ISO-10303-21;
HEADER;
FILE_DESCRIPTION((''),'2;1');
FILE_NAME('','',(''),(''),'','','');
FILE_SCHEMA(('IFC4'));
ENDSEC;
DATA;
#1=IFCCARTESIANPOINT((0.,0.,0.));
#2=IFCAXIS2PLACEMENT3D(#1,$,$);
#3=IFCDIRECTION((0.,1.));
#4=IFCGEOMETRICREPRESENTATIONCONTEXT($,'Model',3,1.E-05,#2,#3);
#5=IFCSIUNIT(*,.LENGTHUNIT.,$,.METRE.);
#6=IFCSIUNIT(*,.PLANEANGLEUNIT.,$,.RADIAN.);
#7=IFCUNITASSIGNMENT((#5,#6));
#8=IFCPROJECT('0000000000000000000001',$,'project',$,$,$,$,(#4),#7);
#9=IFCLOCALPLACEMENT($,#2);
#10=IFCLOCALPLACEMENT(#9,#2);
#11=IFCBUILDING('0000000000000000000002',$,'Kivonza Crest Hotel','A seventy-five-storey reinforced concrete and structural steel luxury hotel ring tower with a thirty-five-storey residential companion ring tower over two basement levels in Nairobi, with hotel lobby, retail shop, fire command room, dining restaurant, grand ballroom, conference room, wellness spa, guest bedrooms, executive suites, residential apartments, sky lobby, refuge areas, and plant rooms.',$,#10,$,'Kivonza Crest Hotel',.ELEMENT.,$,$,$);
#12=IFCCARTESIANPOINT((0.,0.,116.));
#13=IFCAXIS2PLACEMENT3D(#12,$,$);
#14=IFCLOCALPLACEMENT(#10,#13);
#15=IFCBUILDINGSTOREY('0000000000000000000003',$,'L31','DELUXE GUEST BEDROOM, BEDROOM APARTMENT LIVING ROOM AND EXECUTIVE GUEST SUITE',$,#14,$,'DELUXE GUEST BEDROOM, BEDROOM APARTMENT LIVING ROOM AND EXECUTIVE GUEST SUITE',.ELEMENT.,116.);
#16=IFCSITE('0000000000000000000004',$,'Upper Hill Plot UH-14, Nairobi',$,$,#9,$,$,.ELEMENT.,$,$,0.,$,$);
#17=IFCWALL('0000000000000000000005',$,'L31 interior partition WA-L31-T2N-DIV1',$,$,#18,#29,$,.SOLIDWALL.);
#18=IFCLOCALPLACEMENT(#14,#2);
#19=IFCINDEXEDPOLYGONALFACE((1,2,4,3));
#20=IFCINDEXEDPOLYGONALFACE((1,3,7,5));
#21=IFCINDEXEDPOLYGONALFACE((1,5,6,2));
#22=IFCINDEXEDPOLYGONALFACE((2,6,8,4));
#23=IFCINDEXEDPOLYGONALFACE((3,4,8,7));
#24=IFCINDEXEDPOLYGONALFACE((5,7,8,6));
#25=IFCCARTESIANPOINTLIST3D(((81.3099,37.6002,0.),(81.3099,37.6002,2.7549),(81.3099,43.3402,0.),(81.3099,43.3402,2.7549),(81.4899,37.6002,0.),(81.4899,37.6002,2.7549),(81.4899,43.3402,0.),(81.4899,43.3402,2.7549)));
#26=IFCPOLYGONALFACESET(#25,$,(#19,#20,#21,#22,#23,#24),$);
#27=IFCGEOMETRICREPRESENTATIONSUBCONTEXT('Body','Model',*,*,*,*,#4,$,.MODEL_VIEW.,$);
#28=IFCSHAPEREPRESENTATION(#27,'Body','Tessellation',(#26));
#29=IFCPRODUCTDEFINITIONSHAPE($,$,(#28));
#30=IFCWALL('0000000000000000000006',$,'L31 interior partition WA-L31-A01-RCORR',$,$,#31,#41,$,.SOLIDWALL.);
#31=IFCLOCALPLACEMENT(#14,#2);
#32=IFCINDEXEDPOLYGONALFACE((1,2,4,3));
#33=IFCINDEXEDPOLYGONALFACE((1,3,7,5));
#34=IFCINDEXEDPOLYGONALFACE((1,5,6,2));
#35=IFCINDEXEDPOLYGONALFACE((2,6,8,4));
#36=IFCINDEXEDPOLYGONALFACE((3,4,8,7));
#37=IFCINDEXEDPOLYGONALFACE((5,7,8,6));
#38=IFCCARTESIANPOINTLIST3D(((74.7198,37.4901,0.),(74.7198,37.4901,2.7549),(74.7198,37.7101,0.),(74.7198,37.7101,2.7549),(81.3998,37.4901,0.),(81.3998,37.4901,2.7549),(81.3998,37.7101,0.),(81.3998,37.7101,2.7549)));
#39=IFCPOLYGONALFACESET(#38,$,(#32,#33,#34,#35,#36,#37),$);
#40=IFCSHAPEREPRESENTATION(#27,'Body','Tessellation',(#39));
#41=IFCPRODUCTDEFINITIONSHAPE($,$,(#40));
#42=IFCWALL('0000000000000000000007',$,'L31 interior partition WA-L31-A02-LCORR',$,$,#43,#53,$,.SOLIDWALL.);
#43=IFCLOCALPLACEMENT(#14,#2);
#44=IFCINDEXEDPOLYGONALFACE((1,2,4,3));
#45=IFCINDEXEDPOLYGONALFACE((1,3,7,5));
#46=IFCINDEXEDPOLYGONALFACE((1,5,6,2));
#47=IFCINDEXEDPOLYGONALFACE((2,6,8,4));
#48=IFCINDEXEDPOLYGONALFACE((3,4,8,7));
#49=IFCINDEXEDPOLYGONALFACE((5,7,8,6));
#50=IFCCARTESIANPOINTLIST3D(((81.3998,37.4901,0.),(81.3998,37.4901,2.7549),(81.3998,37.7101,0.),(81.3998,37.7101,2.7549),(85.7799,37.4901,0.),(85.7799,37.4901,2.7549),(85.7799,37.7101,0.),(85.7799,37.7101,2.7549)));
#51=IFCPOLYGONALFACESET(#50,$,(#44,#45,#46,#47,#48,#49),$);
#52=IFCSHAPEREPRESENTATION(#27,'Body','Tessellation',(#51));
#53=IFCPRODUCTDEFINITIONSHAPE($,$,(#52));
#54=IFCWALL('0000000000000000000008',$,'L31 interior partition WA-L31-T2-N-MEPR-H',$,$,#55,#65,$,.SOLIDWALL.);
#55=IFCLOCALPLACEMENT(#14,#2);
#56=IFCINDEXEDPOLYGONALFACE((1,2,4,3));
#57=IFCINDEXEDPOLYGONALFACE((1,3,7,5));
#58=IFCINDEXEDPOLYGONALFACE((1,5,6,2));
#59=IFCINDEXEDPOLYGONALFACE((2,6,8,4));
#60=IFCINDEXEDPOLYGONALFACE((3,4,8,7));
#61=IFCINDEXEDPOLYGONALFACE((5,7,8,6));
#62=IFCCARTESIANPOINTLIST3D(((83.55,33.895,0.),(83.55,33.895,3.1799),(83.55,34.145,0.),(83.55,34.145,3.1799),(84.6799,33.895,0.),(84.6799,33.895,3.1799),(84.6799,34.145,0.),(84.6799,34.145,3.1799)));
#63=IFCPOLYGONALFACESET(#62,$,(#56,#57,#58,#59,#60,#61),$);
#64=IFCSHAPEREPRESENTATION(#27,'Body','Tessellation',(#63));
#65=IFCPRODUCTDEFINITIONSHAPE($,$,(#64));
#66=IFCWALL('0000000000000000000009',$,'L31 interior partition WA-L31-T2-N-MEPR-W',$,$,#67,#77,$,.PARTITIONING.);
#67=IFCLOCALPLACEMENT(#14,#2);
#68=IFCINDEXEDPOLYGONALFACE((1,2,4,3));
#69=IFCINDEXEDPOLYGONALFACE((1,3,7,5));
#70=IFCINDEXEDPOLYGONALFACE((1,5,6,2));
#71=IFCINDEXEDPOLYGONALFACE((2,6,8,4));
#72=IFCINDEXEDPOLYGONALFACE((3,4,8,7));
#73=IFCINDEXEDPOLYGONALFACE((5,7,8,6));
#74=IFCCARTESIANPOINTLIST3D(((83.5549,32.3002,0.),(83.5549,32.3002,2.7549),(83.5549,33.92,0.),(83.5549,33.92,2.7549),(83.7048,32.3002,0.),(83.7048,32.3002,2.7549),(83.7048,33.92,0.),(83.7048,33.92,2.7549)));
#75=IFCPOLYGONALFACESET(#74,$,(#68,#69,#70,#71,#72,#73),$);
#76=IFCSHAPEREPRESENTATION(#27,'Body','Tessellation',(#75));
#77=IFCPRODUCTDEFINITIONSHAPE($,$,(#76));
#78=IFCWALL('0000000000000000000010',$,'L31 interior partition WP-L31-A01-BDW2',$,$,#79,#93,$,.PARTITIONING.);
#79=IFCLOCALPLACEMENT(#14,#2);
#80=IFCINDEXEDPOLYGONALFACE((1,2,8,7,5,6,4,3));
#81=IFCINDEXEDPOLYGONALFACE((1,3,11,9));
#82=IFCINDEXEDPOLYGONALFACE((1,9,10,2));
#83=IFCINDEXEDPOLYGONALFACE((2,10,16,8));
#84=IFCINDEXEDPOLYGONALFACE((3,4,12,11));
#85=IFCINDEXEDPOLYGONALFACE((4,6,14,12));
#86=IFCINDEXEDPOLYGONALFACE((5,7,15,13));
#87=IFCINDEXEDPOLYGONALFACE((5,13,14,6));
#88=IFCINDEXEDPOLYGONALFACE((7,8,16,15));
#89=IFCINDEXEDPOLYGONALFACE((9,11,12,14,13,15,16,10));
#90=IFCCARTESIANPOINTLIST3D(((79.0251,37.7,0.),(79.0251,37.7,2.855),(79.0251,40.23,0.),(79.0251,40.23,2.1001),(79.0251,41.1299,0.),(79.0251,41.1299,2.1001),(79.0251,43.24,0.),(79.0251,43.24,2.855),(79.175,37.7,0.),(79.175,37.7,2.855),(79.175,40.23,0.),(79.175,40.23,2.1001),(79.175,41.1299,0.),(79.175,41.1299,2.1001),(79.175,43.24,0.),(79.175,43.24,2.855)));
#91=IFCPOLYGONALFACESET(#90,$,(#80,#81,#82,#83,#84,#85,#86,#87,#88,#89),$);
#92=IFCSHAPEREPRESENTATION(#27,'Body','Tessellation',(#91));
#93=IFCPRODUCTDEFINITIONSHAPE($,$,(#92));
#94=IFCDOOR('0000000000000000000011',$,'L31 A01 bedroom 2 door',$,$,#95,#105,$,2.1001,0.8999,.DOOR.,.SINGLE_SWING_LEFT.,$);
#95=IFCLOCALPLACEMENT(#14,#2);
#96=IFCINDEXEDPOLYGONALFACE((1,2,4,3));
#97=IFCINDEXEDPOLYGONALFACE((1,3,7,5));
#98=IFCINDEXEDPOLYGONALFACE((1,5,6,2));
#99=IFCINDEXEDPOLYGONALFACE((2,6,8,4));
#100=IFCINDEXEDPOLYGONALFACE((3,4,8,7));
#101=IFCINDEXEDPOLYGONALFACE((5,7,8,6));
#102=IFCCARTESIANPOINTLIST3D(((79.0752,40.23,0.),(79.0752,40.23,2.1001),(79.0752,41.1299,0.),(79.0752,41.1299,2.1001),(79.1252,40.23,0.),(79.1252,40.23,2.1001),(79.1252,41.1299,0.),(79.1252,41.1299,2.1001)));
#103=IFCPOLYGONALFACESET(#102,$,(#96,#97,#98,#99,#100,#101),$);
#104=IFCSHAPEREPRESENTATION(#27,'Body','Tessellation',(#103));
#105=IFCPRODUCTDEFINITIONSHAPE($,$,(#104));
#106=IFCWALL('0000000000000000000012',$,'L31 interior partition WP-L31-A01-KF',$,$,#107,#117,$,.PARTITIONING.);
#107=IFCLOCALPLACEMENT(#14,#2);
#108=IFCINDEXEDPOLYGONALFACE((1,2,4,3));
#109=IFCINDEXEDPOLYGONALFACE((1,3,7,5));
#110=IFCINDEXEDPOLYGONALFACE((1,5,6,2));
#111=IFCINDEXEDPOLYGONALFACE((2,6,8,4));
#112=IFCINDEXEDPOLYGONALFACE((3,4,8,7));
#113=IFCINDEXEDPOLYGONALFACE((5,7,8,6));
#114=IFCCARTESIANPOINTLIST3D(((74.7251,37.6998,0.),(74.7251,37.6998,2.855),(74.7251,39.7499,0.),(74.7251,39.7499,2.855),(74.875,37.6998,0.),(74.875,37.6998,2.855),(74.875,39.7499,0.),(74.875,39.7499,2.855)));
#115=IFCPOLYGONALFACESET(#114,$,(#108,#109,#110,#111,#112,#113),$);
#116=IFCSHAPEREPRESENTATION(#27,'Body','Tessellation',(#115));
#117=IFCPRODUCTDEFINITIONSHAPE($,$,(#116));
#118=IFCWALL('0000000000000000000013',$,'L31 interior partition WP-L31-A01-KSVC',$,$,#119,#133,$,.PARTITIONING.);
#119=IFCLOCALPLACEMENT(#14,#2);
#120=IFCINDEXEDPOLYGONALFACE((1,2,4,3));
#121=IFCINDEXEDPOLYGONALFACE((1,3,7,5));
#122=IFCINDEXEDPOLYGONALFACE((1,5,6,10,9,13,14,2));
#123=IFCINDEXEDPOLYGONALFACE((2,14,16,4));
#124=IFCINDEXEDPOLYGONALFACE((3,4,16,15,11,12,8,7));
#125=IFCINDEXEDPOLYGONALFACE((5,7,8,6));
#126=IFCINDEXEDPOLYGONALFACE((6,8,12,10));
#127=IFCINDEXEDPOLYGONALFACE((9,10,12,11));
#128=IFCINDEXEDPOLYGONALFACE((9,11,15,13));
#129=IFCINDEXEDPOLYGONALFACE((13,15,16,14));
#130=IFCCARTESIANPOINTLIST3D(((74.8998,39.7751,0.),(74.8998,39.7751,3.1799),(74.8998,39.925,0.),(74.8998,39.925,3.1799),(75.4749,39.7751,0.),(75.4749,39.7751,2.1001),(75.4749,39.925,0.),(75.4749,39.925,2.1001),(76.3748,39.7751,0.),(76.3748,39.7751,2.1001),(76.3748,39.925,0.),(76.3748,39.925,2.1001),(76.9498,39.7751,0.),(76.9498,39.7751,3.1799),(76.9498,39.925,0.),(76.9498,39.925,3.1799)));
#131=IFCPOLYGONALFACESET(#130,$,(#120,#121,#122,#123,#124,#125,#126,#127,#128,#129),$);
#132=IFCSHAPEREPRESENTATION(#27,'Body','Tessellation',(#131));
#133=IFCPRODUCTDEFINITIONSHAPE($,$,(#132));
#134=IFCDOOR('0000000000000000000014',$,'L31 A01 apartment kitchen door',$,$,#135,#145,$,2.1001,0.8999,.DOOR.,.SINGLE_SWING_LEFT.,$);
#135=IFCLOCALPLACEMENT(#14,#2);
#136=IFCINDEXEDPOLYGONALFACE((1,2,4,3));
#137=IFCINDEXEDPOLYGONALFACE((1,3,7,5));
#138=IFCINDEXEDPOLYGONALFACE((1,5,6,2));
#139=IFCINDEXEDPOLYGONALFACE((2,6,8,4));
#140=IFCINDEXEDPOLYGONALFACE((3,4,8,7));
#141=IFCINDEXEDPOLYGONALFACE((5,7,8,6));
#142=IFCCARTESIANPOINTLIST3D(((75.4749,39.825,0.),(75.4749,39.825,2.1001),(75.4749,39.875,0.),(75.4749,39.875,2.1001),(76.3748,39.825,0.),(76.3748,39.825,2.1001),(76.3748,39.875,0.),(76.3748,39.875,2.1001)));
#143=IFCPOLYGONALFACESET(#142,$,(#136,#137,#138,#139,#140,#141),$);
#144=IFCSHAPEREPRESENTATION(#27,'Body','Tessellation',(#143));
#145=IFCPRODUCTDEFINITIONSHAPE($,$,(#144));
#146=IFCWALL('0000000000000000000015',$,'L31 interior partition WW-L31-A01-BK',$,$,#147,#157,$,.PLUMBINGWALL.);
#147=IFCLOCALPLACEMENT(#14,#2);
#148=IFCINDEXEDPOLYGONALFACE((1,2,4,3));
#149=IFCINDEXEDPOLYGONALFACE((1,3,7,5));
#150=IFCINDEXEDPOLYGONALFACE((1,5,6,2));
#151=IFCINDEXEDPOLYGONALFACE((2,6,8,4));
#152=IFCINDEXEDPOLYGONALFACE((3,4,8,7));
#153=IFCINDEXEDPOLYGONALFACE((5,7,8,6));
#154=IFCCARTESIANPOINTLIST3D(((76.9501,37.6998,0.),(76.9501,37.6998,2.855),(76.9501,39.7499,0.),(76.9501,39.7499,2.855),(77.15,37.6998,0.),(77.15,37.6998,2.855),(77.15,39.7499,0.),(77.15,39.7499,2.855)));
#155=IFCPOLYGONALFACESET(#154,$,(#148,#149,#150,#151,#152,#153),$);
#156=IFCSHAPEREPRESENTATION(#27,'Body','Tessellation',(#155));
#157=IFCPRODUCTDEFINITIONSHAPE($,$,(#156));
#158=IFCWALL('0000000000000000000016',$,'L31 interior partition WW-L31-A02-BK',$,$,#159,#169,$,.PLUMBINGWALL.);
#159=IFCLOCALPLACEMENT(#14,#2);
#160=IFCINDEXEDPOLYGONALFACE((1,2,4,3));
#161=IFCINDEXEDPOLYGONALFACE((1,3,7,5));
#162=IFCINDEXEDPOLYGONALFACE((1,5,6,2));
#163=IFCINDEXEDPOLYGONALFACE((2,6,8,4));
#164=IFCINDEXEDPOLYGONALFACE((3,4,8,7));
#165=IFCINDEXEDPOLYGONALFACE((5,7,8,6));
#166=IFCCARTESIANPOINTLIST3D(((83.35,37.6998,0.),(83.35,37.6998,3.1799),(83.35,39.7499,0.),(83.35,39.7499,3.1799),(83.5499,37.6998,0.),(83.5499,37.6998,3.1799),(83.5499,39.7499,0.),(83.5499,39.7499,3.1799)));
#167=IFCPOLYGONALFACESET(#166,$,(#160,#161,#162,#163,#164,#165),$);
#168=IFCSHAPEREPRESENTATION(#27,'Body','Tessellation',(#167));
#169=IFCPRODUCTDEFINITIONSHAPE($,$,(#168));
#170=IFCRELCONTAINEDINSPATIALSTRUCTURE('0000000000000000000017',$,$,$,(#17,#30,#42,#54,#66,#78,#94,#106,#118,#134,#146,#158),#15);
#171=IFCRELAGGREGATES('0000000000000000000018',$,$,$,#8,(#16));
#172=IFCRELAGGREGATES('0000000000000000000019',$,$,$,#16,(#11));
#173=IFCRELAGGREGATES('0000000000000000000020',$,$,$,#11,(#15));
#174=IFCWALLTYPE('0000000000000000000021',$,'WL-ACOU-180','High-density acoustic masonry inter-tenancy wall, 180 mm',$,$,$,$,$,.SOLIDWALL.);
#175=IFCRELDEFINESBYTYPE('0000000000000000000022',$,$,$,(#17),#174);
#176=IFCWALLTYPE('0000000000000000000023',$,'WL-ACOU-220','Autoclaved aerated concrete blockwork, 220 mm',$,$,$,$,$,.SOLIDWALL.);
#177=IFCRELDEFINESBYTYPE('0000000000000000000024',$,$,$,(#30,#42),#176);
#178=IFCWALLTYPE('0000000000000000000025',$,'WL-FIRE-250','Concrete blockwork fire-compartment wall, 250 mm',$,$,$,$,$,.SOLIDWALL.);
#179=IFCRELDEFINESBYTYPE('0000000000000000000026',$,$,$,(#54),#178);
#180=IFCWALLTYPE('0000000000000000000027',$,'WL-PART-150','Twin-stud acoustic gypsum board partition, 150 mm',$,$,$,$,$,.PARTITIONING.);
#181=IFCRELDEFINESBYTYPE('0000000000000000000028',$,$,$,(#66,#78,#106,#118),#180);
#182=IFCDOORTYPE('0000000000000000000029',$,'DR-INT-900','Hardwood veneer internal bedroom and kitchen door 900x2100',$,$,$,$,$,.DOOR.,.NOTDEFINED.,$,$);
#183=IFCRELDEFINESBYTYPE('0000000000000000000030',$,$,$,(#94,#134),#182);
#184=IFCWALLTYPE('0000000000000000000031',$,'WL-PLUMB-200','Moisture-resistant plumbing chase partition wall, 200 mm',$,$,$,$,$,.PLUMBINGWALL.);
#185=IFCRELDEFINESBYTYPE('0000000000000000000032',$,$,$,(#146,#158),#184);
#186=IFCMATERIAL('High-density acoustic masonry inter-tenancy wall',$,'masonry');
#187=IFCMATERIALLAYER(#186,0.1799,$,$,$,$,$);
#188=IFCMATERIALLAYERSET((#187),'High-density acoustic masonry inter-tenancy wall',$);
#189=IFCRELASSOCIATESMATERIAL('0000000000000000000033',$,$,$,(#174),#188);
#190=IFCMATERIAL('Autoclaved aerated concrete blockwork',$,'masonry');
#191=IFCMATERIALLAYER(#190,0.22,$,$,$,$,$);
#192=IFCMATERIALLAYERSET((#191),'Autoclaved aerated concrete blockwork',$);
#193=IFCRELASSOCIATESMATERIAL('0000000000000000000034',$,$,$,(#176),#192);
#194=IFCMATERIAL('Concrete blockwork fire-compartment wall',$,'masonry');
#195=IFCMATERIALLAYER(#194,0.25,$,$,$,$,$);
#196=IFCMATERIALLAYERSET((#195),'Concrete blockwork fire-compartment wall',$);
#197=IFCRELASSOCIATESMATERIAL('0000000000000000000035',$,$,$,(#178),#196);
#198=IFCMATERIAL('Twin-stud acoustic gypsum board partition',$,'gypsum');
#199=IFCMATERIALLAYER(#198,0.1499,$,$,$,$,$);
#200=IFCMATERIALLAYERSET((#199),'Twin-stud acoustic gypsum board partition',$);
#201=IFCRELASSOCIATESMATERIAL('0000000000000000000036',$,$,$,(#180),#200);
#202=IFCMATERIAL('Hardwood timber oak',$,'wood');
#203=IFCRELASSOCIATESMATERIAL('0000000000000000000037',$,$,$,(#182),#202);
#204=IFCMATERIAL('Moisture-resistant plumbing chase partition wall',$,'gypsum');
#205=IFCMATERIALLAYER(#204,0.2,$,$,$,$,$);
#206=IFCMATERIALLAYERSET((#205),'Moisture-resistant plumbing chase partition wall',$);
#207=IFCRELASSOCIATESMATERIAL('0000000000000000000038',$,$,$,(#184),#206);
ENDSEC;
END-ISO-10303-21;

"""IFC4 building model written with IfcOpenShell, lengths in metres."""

from ifc_helpers import new_model, si_unit, direction, frame, frame_2d, origin, place, context, subcontext, project, spatial, rectangle, extrude, material, layer, layer_set, type_object, element, fill, save


model = new_model("IFC4")

# Units and contexts
model_context = context("Model", 3, precision=1e-05, world=origin(), true_north=direction((0.0, 1.0)))
body_context = subcontext(model_context, "Body", "Model", "MODEL_VIEW")
ifc_project = project(units=[si_unit("LENGTHUNIT", "METRE"), si_unit("PLANEANGLEUNIT", "RADIAN")], contexts=[model_context])

# Site, building, storey
site_placement = place(None, origin())
site = spatial("IfcSite", under=ifc_project, at=site_placement, Name="Upper Hill Plot UH-14, Nairobi", CompositionType="ELEMENT", RefElevation=0.0)
building_placement = place(site_placement, origin())
building = spatial("IfcBuilding", under=site, at=building_placement, Name="Kivonza Crest Hotel", Description="A seventy-five-storey reinforced concrete and structural steel luxury hotel ring tower with a thirty-five-storey residential companion ring tower over two basement levels in Nairobi, with hotel lobby, retail shop, fire command room, dining restaurant, grand ballroom, conference room, wellness spa, guest bedrooms, executive suites, residential apartments, sky lobby, refuge areas, and plant rooms.", LongName="Kivonza Crest Hotel", CompositionType="ELEMENT")
storey_placement = place(building_placement, frame((0.0, 0.0, 116.0)))
storey = spatial("IfcBuildingStorey", under=building, at=storey_placement, Name="L31", Description="DELUXE GUEST BEDROOM, BEDROOM APARTMENT LIVING ROOM AND EXECUTIVE GUEST SUITE", LongName="DELUXE GUEST BEDROOM, BEDROOM APARTMENT LIVING ROOM AND EXECUTIVE GUEST SUITE", CompositionType="ELEMENT", Elevation=116.0)

# Walls
ifc_material_1 = material(Name="High-density acoustic masonry inter-tenancy wall", Category="masonry")
ifc_layer_1 = layer(ifc_material_1, 0.1799)
ifc_layer_set_1 = layer_set([ifc_layer_1], Name="High-density acoustic masonry inter-tenancy wall")
wall_type_1 = type_object("IfcWallType", Name="WL-ACOU-180", Description="High-density acoustic masonry inter-tenancy wall, 180 mm", PredefinedType="SOLIDWALL", material=ifc_layer_set_1)
wall_1_placement = place(storey_placement, frame((81.3999, 37.6001, 0.0), z_axis=(0.0, 0.0, 1.0), x_axis=(0.0, 1.0, 0.0)))
element("IfcWall", 1, at=wall_1_placement, inside=storey, type_object=wall_type_1, Name="L31 interior partition WA-L31-T2N-DIV1", PredefinedType="SOLIDWALL", context=body_context, shape_type="SweptSolid", body=[
    extrude(rectangle(XDim=5.74, YDim=0.1799, at=frame_2d((2.8701, 0.0))), origin(), (0.0, 0.0, 1.0), 2.7549),
])
ifc_material_2 = material(Name="Autoclaved aerated concrete blockwork", Category="masonry")
ifc_layer_2 = layer(ifc_material_2, 0.22)
ifc_layer_set_2 = layer_set([ifc_layer_2], Name="Autoclaved aerated concrete blockwork")
wall_type_2 = type_object("IfcWallType", Name="WL-ACOU-220", Description="Autoclaved aerated concrete blockwork, 220 mm", PredefinedType="SOLIDWALL", material=ifc_layer_set_2)
wall_2_placement = place(storey_placement, frame((74.72, 37.6001, 0.0), z_axis=(0.0, 0.0, 1.0), x_axis=(1.0, 0.0, 0.0)))
element("IfcWall", 2, at=wall_2_placement, inside=storey, type_object=wall_type_2, Name="L31 interior partition WA-L31-A01-RCORR", PredefinedType="SOLIDWALL", context=body_context, shape_type="SweptSolid", body=[
    extrude(rectangle(XDim=6.6799, YDim=0.22, at=frame_2d((3.3398, 0.0))), origin(), (0.0, 0.0, 1.0), 2.7549),
])
wall_3_placement = place(storey_placement, frame((81.3999, 37.6001, 0.0), z_axis=(0.0, 0.0, 1.0), x_axis=(1.0, 0.0, 0.0)))
element("IfcWall", 3, at=wall_3_placement, inside=storey, type_object=wall_type_2, Name="L31 interior partition WA-L31-A02-LCORR", PredefinedType="SOLIDWALL", context=body_context, shape_type="SweptSolid", body=[
    extrude(rectangle(XDim=4.3801, YDim=0.22, at=frame_2d((2.1899, 0.0))), origin(), (0.0, 0.0, 1.0), 2.7549),
])
ifc_material_3 = material(Name="Concrete blockwork fire-compartment wall", Category="masonry")
ifc_layer_3 = layer(ifc_material_3, 0.25)
ifc_layer_set_3 = layer_set([ifc_layer_3], Name="Concrete blockwork fire-compartment wall")
wall_type_3 = type_object("IfcWallType", Name="WL-FIRE-250", Description="Concrete blockwork fire-compartment wall, 250 mm", PredefinedType="SOLIDWALL", material=ifc_layer_set_3)
wall_4_placement = place(storey_placement, frame((83.55, 34.02, 0.0), z_axis=(0.0, 0.0, 1.0), x_axis=(1.0, 0.0, 0.0)))
element("IfcWall", 4, at=wall_4_placement, inside=storey, type_object=wall_type_3, Name="L31 interior partition WA-L31-T2-N-MEPR-H", PredefinedType="SOLIDWALL", context=body_context, shape_type="SweptSolid", body=[
    extrude(rectangle(XDim=1.1299, YDim=0.25, at=frame_2d((0.5649, 0.0))), origin(), (0.0, 0.0, 1.0), 3.1799),
])
ifc_material_4 = material(Name="Twin-stud acoustic gypsum board partition", Category="gypsum")
ifc_layer_4 = layer(ifc_material_4, 0.1499)
ifc_layer_set_4 = layer_set([ifc_layer_4], Name="Twin-stud acoustic gypsum board partition")
wall_type_4 = type_object("IfcWallType", Name="WL-PART-150", Description="Twin-stud acoustic gypsum board partition, 150 mm", PredefinedType="PARTITIONING", material=ifc_layer_set_4)
wall_5_placement = place(storey_placement, frame((83.6299, 32.3, 0.0), z_axis=(0.0, 0.0, 1.0), x_axis=(0.0, 1.0, 0.0)))
element("IfcWall", 5, at=wall_5_placement, inside=storey, type_object=wall_type_4, Name="L31 interior partition WA-L31-T2-N-MEPR-W", PredefinedType="PARTITIONING", context=body_context, shape_type="SweptSolid", body=[
    extrude(rectangle(XDim=1.6199, YDim=0.1499, at=frame_2d((0.8101, 0.0))), origin(), (0.0, 0.0, 1.0), 2.7549),
])

# Wall, opening, door
wall_6_placement = place(storey_placement, frame((79.1001, 37.7, 0.0), z_axis=(0.0, 0.0, 1.0), x_axis=(0.0, 1.0, 0.0)))
wall_6 = element("IfcWall", 6, at=wall_6_placement, inside=storey, type_object=wall_type_4, Name="L31 interior partition WP-L31-A01-BDW2", PredefinedType="PARTITIONING", context=body_context, shape_type="SweptSolid", body=[
    extrude(rectangle(XDim=5.54, YDim=0.1499, at=frame_2d((2.77, 0.0))), origin(), (0.0, 0.0, 1.0), 2.855),
])
opening_1_placement = place(wall_6_placement, frame((2.53, 0.0, 0.0)))
opening_1 = element("IfcOpeningElement", 7, at=opening_1_placement, cuts=wall_6, PredefinedType="OPENING", context=body_context, shape_type="SweptSolid", body=[
    extrude(rectangle(XDim=0.8999, YDim=2.1001, at=frame_2d((0.45, 1.05))), frame((0.0, 0.085, 0.0), z_axis=(0.0, -1.0, 0.0), x_axis=(1.0, 0.0, 0.0)), (0.0, 0.0, 1.0), 0.1699),
])
ifc_material_5 = material(Name="Hardwood timber oak", Category="wood")
door_type_1 = type_object("IfcDoorType", Name="DR-INT-900", Description="Hardwood veneer internal bedroom and kitchen door 900x2100", OperationType="NOTDEFINED", PredefinedType="DOOR", material=ifc_material_5)
door_1_placement = place(opening_1_placement, origin())
door_1 = element("IfcDoor", 8, at=door_1_placement, inside=storey, type_object=door_type_1, Name="L31 A01 bedroom 2 door", OperationType="SINGLE_SWING_LEFT", OverallHeight=2.1001, OverallWidth=0.8999, PredefinedType="DOOR", context=body_context, shape_type="SweptSolid", body=[
    extrude(rectangle(XDim=0.8999, YDim=2.1001, at=frame_2d((0.45, 1.05))), frame((0.0, 0.0249, 0.0), z_axis=(0.0, -1.0, 0.0), x_axis=(1.0, 0.0, 0.0)), (0.0, 0.0, 1.0), 0.05),
])
fill(opening_1, door_1)

# Wall
wall_7_placement = place(storey_placement, frame((74.8, 37.7, 0.0), z_axis=(0.0, 0.0, 1.0), x_axis=(0.0, 1.0, 0.0)))
element("IfcWall", 9, at=wall_7_placement, inside=storey, type_object=wall_type_4, Name="L31 interior partition WP-L31-A01-KF", PredefinedType="PARTITIONING", context=body_context, shape_type="SweptSolid", body=[
    extrude(rectangle(XDim=2.05, YDim=0.1499, at=frame_2d((1.0249, 0.0))), origin(), (0.0, 0.0, 1.0), 2.855),
])

# Wall, opening, door
wall_8_placement = place(storey_placement, frame((74.8999, 39.8501, 0.0), z_axis=(0.0, 0.0, 1.0), x_axis=(1.0, 0.0, 0.0)))
wall_8 = element("IfcWall", 10, at=wall_8_placement, inside=storey, type_object=wall_type_4, Name="L31 interior partition WP-L31-A01-KSVC", PredefinedType="PARTITIONING", context=body_context, shape_type="SweptSolid", body=[
    extrude(rectangle(XDim=2.05, YDim=0.1499, at=frame_2d((1.0249, 0.0))), origin(), (0.0, 0.0, 1.0), 3.1799),
])
opening_2_placement = place(wall_8_placement, frame((0.575, 0.0, 0.0)))
opening_2 = element("IfcOpeningElement", 11, at=opening_2_placement, cuts=wall_8, PredefinedType="OPENING", context=body_context, shape_type="SweptSolid", body=[
    extrude(rectangle(XDim=0.8999, YDim=2.1001, at=frame_2d((0.45, 1.05))), frame((0.0, 0.085, 0.0), z_axis=(0.0, -1.0, 0.0), x_axis=(1.0, 0.0, 0.0)), (0.0, 0.0, 1.0), 0.1699),
])
door_2_placement = place(opening_2_placement, origin())
door_2 = element("IfcDoor", 12, at=door_2_placement, inside=storey, type_object=door_type_1, Name="L31 A01 apartment kitchen door", OperationType="SINGLE_SWING_LEFT", OverallHeight=2.1001, OverallWidth=0.8999, PredefinedType="DOOR", context=body_context, shape_type="SweptSolid", body=[
    extrude(rectangle(XDim=0.8999, YDim=2.1001, at=frame_2d((0.45, 1.05))), frame((0.0, 0.0249, 0.0), z_axis=(0.0, -1.0, 0.0), x_axis=(1.0, 0.0, 0.0)), (0.0, 0.0, 1.0), 0.05),
])
fill(opening_2, door_2)

# Walls
ifc_material_6 = material(Name="Moisture-resistant plumbing chase partition wall", Category="gypsum")
ifc_layer_5 = layer(ifc_material_6, 0.2)
ifc_layer_set_5 = layer_set([ifc_layer_5], Name="Moisture-resistant plumbing chase partition wall")
wall_type_5 = type_object("IfcWallType", Name="WL-PLUMB-200", Description="Moisture-resistant plumbing chase partition wall, 200 mm", PredefinedType="PLUMBINGWALL", material=ifc_layer_set_5)
wall_9_placement = place(storey_placement, frame((77.05, 37.7, 0.0), z_axis=(0.0, 0.0, 1.0), x_axis=(0.0, 1.0, 0.0)))
element("IfcWall", 13, at=wall_9_placement, inside=storey, type_object=wall_type_5, Name="L31 interior partition WW-L31-A01-BK", PredefinedType="PLUMBINGWALL", context=body_context, shape_type="SweptSolid", body=[
    extrude(rectangle(XDim=2.05, YDim=0.2, at=frame_2d((1.0249, 0.0))), origin(), (0.0, 0.0, 1.0), 2.855),
])
wall_10_placement = place(storey_placement, frame((83.45, 37.7, 0.0), z_axis=(0.0, 0.0, 1.0), x_axis=(0.0, 1.0, 0.0)))
element("IfcWall", 14, at=wall_10_placement, inside=storey, type_object=wall_type_5, Name="L31 interior partition WW-L31-A02-BK", PredefinedType="PLUMBINGWALL", context=body_context, shape_type="SweptSolid", body=[
    extrude(rectangle(XDim=2.05, YDim=0.2, at=frame_2d((1.0249, 0.0))), origin(), (0.0, 0.0, 1.0), 3.1799),
])

save(model, "model.ifc")
